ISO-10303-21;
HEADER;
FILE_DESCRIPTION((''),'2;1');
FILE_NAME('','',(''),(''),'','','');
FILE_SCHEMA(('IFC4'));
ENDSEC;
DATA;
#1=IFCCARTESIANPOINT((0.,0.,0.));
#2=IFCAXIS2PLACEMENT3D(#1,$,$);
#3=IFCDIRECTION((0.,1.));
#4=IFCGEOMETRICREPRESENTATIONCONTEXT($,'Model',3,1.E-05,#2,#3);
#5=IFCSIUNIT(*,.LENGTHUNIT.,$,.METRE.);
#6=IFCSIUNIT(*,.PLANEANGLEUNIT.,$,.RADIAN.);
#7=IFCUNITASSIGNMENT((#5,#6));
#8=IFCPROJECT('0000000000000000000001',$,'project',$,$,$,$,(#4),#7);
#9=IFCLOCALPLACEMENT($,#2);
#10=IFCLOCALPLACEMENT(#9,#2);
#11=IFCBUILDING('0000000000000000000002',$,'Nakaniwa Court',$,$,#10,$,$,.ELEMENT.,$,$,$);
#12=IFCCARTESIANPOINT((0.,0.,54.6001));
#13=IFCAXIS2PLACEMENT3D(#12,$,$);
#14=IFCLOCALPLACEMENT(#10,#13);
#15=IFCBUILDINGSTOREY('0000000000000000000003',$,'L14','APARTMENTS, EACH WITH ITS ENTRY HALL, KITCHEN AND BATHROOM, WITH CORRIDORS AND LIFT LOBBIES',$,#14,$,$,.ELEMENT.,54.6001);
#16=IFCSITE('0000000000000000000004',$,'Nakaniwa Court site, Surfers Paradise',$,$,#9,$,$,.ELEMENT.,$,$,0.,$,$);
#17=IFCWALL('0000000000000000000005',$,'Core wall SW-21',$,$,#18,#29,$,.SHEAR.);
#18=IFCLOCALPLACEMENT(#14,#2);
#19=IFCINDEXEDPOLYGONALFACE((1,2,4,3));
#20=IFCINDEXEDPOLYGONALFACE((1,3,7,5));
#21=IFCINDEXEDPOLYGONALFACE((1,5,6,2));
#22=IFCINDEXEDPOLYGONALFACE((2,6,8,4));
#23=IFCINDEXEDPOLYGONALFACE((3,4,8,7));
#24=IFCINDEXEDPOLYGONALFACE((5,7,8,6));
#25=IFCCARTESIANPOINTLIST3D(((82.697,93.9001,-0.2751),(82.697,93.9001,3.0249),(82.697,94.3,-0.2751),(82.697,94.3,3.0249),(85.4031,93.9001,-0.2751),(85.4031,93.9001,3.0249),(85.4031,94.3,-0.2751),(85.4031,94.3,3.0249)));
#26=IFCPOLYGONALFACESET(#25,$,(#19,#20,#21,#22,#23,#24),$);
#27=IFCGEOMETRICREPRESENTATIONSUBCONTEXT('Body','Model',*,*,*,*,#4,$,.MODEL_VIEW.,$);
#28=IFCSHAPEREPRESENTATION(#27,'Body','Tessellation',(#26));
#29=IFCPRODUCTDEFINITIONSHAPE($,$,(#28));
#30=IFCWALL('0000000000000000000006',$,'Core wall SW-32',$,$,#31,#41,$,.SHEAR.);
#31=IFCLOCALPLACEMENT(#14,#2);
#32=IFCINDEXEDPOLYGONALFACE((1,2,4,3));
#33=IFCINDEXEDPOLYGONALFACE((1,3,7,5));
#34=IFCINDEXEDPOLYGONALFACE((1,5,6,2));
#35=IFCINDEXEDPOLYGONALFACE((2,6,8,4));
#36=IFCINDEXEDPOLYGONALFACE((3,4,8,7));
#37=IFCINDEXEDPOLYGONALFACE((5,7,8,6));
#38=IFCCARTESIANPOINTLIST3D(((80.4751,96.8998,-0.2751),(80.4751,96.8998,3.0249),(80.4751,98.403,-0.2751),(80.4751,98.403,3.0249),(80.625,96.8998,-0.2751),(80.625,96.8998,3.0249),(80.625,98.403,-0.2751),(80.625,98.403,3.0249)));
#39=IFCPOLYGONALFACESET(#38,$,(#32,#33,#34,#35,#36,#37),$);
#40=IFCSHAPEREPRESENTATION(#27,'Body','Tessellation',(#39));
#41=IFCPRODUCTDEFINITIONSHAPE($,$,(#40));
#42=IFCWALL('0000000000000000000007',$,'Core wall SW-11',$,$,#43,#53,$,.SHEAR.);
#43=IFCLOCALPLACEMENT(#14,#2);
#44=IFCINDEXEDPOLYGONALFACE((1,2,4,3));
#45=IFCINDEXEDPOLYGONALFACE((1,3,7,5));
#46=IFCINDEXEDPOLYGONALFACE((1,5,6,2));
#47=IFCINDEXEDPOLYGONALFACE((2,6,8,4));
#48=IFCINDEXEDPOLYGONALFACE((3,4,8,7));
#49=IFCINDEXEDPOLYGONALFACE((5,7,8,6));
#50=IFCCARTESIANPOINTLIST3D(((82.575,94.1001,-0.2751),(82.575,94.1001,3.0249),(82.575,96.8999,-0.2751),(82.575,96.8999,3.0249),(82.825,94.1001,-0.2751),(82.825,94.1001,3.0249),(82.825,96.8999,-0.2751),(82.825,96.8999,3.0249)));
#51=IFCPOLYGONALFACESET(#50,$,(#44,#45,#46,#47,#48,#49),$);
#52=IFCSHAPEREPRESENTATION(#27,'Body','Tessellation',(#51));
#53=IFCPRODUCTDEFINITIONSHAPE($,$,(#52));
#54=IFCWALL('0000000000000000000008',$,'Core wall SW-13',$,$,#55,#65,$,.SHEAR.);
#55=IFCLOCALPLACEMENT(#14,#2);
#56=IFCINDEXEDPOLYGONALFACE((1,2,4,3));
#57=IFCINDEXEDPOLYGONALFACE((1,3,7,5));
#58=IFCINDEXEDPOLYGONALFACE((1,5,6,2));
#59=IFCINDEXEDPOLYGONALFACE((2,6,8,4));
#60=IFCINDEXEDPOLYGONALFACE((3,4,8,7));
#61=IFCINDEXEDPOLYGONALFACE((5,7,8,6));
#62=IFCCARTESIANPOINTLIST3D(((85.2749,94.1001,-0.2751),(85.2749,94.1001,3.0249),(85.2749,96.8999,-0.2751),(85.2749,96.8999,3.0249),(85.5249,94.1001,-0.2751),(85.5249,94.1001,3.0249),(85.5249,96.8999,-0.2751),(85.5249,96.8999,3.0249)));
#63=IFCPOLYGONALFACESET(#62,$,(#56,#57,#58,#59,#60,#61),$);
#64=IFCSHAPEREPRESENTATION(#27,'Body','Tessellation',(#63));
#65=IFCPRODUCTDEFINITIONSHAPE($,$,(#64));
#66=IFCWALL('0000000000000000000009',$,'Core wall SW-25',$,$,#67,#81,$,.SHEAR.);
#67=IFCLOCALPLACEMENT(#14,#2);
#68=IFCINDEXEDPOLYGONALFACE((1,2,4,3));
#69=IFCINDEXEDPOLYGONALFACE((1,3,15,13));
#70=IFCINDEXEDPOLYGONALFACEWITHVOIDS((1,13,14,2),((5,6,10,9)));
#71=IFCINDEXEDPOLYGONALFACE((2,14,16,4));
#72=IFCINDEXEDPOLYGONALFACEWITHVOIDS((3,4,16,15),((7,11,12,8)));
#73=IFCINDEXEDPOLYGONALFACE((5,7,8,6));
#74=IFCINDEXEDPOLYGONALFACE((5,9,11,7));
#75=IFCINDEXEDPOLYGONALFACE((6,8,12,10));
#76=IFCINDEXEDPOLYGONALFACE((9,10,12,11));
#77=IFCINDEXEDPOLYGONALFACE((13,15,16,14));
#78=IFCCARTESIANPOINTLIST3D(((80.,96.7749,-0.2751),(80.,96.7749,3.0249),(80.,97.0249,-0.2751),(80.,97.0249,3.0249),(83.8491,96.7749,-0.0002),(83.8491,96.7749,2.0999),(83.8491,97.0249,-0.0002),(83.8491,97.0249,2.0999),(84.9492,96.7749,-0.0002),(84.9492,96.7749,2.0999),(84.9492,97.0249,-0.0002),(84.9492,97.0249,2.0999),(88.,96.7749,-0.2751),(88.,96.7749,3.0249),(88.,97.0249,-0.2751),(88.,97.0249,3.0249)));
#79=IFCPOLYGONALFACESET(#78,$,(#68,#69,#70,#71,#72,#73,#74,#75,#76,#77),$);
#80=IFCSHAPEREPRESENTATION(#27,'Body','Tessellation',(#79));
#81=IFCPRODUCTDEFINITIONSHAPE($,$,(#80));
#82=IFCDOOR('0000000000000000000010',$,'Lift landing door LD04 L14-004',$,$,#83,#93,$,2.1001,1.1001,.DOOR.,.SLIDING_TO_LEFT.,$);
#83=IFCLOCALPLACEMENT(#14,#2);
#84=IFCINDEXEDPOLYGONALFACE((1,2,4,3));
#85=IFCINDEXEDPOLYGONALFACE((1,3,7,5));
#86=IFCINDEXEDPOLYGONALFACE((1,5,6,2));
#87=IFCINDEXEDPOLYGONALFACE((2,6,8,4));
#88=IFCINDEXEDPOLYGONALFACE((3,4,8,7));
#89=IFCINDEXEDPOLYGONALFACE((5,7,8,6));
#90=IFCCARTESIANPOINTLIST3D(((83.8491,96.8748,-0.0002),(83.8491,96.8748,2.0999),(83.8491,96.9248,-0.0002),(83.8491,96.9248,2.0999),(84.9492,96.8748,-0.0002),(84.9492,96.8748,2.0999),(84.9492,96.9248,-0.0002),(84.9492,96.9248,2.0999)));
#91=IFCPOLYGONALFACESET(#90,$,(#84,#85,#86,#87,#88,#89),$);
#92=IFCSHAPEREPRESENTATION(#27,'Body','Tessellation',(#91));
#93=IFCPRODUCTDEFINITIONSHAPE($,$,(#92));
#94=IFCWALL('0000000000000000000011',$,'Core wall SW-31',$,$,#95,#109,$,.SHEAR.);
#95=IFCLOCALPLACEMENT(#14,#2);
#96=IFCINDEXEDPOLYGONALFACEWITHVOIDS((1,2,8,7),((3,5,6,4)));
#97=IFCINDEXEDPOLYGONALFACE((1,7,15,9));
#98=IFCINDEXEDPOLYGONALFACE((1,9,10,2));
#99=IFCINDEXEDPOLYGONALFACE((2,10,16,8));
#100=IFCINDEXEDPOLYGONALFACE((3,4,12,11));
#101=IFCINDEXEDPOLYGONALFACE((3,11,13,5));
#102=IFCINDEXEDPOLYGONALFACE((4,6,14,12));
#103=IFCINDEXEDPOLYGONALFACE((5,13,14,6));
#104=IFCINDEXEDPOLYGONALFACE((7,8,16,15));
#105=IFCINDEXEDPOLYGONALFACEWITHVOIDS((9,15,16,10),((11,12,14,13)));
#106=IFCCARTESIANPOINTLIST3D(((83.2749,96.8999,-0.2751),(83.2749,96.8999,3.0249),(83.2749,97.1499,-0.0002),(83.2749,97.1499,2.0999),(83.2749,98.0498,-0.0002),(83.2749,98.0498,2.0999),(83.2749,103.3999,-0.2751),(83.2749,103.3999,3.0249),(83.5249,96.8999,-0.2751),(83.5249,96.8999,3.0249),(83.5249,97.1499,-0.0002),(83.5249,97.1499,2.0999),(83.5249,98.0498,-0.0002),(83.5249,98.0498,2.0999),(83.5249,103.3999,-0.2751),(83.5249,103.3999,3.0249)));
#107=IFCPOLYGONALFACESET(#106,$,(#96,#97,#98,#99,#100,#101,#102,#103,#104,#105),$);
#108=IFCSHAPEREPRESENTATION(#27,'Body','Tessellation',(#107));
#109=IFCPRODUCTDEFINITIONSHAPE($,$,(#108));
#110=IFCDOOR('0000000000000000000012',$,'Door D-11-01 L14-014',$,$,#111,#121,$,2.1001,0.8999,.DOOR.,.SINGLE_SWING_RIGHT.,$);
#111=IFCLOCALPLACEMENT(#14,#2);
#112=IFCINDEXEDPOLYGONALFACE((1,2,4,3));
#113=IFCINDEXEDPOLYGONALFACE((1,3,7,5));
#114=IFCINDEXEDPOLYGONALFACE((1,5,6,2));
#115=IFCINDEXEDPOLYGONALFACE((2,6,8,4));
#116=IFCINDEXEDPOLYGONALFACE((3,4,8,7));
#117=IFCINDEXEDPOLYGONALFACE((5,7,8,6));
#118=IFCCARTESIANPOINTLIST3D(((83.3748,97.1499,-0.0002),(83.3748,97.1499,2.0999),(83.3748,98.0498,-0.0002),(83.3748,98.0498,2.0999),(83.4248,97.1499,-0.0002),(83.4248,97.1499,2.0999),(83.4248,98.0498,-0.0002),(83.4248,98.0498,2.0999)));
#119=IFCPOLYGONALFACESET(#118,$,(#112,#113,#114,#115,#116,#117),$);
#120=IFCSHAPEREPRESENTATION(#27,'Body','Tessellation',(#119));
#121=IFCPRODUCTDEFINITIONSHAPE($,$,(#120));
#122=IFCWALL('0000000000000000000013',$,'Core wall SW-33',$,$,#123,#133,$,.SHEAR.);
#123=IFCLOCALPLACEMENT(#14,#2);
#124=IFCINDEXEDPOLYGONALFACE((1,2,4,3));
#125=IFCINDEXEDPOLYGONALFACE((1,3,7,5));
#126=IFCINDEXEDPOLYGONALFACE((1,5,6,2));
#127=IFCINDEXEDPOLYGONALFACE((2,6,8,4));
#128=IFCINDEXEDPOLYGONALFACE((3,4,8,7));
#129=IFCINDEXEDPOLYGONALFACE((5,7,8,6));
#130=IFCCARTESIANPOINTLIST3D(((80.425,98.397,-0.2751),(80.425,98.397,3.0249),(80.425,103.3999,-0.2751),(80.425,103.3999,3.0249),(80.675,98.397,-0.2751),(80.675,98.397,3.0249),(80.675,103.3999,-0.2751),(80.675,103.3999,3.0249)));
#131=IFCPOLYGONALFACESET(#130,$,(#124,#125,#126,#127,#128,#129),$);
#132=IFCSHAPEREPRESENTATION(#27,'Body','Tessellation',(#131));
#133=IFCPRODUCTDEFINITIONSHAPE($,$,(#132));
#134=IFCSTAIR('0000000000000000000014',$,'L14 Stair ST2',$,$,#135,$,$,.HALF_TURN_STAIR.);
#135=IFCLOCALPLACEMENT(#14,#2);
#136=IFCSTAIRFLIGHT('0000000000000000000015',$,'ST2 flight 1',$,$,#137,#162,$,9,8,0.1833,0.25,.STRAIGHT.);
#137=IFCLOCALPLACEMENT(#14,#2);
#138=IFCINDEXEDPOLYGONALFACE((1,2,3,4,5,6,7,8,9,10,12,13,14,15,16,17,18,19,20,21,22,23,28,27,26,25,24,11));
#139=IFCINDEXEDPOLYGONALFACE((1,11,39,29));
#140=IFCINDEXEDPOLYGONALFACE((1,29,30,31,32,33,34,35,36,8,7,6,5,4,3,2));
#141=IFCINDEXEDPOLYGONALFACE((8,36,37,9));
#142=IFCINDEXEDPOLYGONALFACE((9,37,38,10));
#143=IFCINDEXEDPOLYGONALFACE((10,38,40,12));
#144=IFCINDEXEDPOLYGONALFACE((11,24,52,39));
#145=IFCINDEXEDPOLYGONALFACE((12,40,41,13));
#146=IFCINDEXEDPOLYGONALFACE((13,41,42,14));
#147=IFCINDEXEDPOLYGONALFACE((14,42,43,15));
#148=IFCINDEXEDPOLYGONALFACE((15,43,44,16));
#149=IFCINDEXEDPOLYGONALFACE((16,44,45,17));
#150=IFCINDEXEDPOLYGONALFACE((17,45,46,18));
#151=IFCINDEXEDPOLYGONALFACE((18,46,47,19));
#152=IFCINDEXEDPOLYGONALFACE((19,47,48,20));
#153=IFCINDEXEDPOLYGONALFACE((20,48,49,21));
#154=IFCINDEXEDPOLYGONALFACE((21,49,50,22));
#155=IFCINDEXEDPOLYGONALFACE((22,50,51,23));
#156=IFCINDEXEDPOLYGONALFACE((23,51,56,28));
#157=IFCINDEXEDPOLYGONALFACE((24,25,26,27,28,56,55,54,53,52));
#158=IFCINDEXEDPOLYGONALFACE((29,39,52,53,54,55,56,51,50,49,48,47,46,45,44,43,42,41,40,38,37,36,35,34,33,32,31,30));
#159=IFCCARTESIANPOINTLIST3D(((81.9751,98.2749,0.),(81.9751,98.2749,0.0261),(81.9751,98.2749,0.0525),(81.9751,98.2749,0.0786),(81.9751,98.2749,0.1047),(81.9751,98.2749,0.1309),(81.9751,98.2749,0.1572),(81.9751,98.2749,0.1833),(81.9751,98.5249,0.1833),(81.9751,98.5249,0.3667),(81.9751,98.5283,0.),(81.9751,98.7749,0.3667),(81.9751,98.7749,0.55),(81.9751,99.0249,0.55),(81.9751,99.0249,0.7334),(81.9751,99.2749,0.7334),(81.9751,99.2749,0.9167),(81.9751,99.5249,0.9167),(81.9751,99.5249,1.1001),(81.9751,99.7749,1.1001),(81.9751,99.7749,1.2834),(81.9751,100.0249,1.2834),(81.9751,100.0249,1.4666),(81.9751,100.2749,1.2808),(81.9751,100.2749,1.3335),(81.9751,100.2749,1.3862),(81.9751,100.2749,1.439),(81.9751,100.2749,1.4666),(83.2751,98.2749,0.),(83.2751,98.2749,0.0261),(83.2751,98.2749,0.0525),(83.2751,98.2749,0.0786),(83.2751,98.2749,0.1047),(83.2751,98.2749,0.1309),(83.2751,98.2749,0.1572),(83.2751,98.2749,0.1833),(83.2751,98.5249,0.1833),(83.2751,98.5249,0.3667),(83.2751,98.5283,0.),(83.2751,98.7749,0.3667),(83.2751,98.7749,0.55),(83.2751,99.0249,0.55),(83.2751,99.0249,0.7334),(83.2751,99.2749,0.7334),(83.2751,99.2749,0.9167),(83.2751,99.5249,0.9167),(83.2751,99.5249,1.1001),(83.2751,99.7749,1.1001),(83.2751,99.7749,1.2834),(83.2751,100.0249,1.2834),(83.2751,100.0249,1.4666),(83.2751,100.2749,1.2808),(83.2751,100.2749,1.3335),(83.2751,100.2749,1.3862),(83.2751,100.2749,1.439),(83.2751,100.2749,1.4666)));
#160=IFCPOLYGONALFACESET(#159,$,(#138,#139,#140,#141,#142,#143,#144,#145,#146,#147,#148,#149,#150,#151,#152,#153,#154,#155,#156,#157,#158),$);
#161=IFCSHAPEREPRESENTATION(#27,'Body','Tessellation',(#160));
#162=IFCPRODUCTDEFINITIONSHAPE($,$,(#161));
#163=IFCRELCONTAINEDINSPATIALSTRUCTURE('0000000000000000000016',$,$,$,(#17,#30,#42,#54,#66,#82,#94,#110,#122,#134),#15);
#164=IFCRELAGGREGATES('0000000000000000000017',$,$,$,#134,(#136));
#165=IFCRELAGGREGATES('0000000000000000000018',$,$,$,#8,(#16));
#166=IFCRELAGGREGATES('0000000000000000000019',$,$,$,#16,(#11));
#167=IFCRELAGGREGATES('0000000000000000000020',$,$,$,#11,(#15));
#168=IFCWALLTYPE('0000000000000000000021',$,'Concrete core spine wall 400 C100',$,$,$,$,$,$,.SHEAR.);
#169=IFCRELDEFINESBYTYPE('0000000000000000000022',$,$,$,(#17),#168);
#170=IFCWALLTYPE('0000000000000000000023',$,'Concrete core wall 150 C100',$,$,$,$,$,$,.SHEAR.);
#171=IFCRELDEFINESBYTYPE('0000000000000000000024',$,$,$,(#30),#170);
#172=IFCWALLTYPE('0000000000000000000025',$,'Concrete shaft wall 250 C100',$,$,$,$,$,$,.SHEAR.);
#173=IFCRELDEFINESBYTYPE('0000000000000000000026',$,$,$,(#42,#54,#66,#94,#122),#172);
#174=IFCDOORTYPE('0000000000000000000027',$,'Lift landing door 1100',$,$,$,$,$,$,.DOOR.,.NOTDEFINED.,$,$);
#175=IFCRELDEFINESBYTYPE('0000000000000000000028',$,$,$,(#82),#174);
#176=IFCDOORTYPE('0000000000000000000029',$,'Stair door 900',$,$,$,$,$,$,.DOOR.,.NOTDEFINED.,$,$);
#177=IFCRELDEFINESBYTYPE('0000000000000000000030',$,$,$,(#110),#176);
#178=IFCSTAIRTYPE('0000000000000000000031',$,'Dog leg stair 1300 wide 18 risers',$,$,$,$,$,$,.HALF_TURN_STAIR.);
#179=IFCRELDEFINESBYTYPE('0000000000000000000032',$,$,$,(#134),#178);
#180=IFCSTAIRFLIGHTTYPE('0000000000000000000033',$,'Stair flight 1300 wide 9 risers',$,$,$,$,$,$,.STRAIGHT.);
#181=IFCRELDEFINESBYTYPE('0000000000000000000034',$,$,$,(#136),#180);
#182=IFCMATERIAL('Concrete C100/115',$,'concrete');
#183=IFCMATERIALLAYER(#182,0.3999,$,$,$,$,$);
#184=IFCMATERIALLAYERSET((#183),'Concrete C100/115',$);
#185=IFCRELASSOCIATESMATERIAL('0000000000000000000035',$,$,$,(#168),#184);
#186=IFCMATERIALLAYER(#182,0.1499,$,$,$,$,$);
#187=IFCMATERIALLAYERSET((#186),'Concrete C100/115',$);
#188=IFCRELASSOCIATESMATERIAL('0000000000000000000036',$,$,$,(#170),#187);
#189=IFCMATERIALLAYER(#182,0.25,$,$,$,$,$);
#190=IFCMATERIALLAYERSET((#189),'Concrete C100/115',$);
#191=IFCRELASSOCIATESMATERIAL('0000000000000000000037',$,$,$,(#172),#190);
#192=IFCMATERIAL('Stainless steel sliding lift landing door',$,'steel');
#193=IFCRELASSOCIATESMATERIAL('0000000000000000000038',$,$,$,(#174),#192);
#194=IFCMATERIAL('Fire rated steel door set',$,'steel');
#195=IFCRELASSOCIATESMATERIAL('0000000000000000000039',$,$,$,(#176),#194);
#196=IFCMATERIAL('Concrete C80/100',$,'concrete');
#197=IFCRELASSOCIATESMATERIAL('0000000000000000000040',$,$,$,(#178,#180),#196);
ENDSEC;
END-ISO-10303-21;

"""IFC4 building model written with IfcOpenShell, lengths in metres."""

from ifc_helpers import new_model, si_unit, direction, frame, frame_2d, origin, place, context, subcontext, project, spatial, polyline, rectangle, outline, extrude, material, layer, layer_set, type_object, element, fill, aggregate, save


model = new_model("IFC4")

# Units and contexts
model_context = context("Model", 3, precision=1e-05, world=origin(), true_north=direction((0.0, 1.0)))
body_context = subcontext(model_context, "Body", "Model", "MODEL_VIEW")
ifc_project = project(units=[si_unit("LENGTHUNIT", "METRE"), si_unit("PLANEANGLEUNIT", "RADIAN")], contexts=[model_context])

# Site, building, storey
site_placement = place(None, origin())
site = spatial("IfcSite", under=ifc_project, at=site_placement, Name="Nakaniwa Court site, Surfers Paradise", CompositionType="ELEMENT", RefElevation=0.0)
building_placement = place(site_placement, origin())
building = spatial("IfcBuilding", under=site, at=building_placement, Name="Nakaniwa Court", CompositionType="ELEMENT")
storey_placement = place(building_placement, frame((0.0, 0.0, 54.6001)))
storey = spatial("IfcBuildingStorey", under=building, at=storey_placement, Name="L14", Description="APARTMENTS, EACH WITH ITS ENTRY HALL, KITCHEN AND BATHROOM, WITH CORRIDORS AND LIFT LOBBIES", CompositionType="ELEMENT", Elevation=54.6001)

# Shared definitions
ifc_material_1 = material(Name="Concrete C80/100", Category="concrete")

# Shared definitions
ifc_material_2 = material(Name="Fire rated steel door set", Category="steel")

# Shared definitions
ifc_material_3 = material(Name="Concrete C100/115", Category="concrete")

# Walls
ifc_layer_1 = layer(ifc_material_3, 0.3999)
ifc_layer_set_1 = layer_set([ifc_layer_1], Name="Concrete C100/115")
wall_type_1 = type_object("IfcWallType", Name="Concrete core spine wall 400 C100", PredefinedType="SHEAR", material=ifc_layer_set_1)
wall_1_placement = place(storey_placement, frame((82.697, 94.1001, -0.2751), z_axis=(0.0, 0.0, 1.0), x_axis=(1.0, 0.0, 0.0)))
element("IfcWall", 1, at=wall_1_placement, inside=storey, type_object=wall_type_1, Name="Core wall SW-21", PredefinedType="SHEAR", context=body_context, shape_type="SweptSolid", body=[
    extrude(rectangle(XDim=2.7061, YDim=0.3999, at=frame_2d((1.353, 0.0))), origin(), (0.0, 0.0, 1.0), 3.3),
])
ifc_layer_2 = layer(ifc_material_3, 0.1499)
ifc_layer_set_2 = layer_set([ifc_layer_2], Name="Concrete C100/115")
wall_type_2 = type_object("IfcWallType", Name="Concrete core wall 150 C100", PredefinedType="SHEAR", material=ifc_layer_set_2)
wall_2_placement = place(storey_placement, frame((80.55, 96.8999, -0.2751), z_axis=(0.0, 0.0, 1.0), x_axis=(0.0, 1.0, 0.0)))
element("IfcWall", 2, at=wall_2_placement, inside=storey, type_object=wall_type_2, Name="Core wall SW-32", PredefinedType="SHEAR", context=body_context, shape_type="SweptSolid", body=[
    extrude(rectangle(XDim=1.5032, YDim=0.1499, at=frame_2d((0.7515, 0.0))), origin(), (0.0, 0.0, 1.0), 3.3),
])
ifc_layer_3 = layer(ifc_material_3, 0.25)
ifc_layer_set_3 = layer_set([ifc_layer_3], Name="Concrete C100/115")
wall_type_3 = type_object("IfcWallType", Name="Concrete shaft wall 250 C100", PredefinedType="SHEAR", material=ifc_layer_set_3)
for number, where, z_axis, x_axis, name in (
    (3, (82.7, 94.1001, -0.2751), (0.0, 0.0, 1.0), (0.0, 1.0, 0.0), "Core wall SW-11"),
    (4, (85.3999, 94.1001, -0.2751), (0.0, 0.0, 1.0), (0.0, 1.0, 0.0), "Core wall SW-13"),
):
    element("IfcWall", number, at=place(storey_placement, frame(where, z_axis=z_axis, x_axis=x_axis)), inside=storey, type_object=wall_type_3, Name=name, PredefinedType="SHEAR", context=body_context, shape_type="SweptSolid", body=[
        extrude(rectangle(XDim=2.7998, YDim=0.25, at=frame_2d((1.3999, 0.0))), origin(), (0.0, 0.0, 1.0), 3.3),
    ])

# Walls, openings, doors
wall_3_placement = place(storey_placement, frame((80.0, 96.8999, -0.2751), z_axis=(0.0, 0.0, 1.0), x_axis=(1.0, 0.0, 0.0)))
wall_3 = element("IfcWall", 5, at=wall_3_placement, inside=storey, type_object=wall_type_3, Name="Core wall SW-25", PredefinedType="SHEAR", context=body_context, shape_type="SweptSolid", body=[
    extrude(rectangle(XDim=8.0, YDim=0.25, at=frame_2d((4.0, 0.0))), origin(), (0.0, 0.0, 1.0), 3.3),
])
opening_1_placement = place(wall_3_placement, frame((3.8491, 0.0, 0.2749)))
opening_1 = element("IfcOpeningElement", 6, at=opening_1_placement, cuts=wall_3, PredefinedType="OPENING", context=body_context, shape_type="SweptSolid", body=[
    extrude(rectangle(XDim=1.1001, YDim=2.1001, at=frame_2d((0.55, 1.05))), frame((0.0, 0.135, 0.0), z_axis=(0.0, -1.0, 0.0), x_axis=(1.0, 0.0, 0.0)), (0.0, 0.0, 1.0), 0.27),
])
ifc_material_4 = material(Name="Stainless steel sliding lift landing door", Category="steel")
door_type_1 = type_object("IfcDoorType", Name="Lift landing door 1100", OperationType="NOTDEFINED", PredefinedType="DOOR", material=ifc_material_4)
door_1_placement = place(opening_1_placement, origin())
door_1 = element("IfcDoor", 7, at=door_1_placement, inside=storey, type_object=door_type_1, Name="Lift landing door LD04 L14-004", OperationType="SLIDING_TO_LEFT", OverallHeight=2.1001, OverallWidth=1.1001, PredefinedType="DOOR", context=body_context, shape_type="SweptSolid", body=[
    extrude(rectangle(XDim=1.1001, YDim=2.1001, at=frame_2d((0.55, 1.05))), frame((0.0, 0.0249, 0.0), z_axis=(0.0, -1.0, 0.0), x_axis=(1.0, 0.0, 0.0)), (0.0, 0.0, 1.0), 0.05),
])
fill(opening_1, door_1)
wall_4_placement = place(storey_placement, frame((83.3999, 103.3999, -0.2751), z_axis=(0.0, 0.0, 1.0), x_axis=(0.0, -1.0, 0.0)))
wall_4 = element("IfcWall", 8, at=wall_4_placement, inside=storey, type_object=wall_type_3, Name="Core wall SW-31", PredefinedType="SHEAR", context=body_context, shape_type="SweptSolid", body=[
    extrude(rectangle(XDim=6.5, YDim=0.25, at=frame_2d((3.25, 0.0))), origin(), (0.0, 0.0, 1.0), 3.3),
])
opening_2_placement = place(wall_4_placement, frame((5.3501, 0.0, 0.2749)))
opening_2 = element("IfcOpeningElement", 9, at=opening_2_placement, cuts=wall_4, PredefinedType="OPENING", context=body_context, shape_type="SweptSolid", body=[
    extrude(rectangle(XDim=0.8999, YDim=2.1001, at=frame_2d((0.45, 1.05))), frame((0.0, 0.135, 0.0), z_axis=(0.0, -1.0, 0.0), x_axis=(1.0, 0.0, 0.0)), (0.0, 0.0, 1.0), 0.27),
])
door_type_2 = type_object("IfcDoorType", Name="Stair door 900", OperationType="NOTDEFINED", PredefinedType="DOOR", material=ifc_material_2)
door_2_placement = place(opening_2_placement, origin())
door_2 = element("IfcDoor", 10, at=door_2_placement, inside=storey, type_object=door_type_2, Name="Door D-11-01 L14-014", OperationType="SINGLE_SWING_RIGHT", OverallHeight=2.1001, OverallWidth=0.8999, PredefinedType="DOOR", context=body_context, shape_type="SweptSolid", body=[
    extrude(rectangle(XDim=0.8999, YDim=2.1001, at=frame_2d((0.45, 1.05))), frame((0.0, 0.0249, 0.0), z_axis=(0.0, -1.0, 0.0), x_axis=(1.0, 0.0, 0.0)), (0.0, 0.0, 1.0), 0.05),
])
fill(opening_2, door_2)

# Wall
wall_5_placement = place(storey_placement, frame((80.55, 98.397, -0.2751), z_axis=(0.0, 0.0, 1.0), x_axis=(0.0, 1.0, 0.0)))
element("IfcWall", 11, at=wall_5_placement, inside=storey, type_object=wall_type_3, Name="Core wall SW-33", PredefinedType="SHEAR", context=body_context, shape_type="SweptSolid", body=[
    extrude(rectangle(XDim=5.0029, YDim=0.25, at=frame_2d((2.5015, 0.0))), origin(), (0.0, 0.0, 1.0), 3.3),
])

# Stair, stair flight
stair_type = type_object("IfcStairType", Name="Dog leg stair 1300 wide 18 risers", PredefinedType="HALF_TURN_STAIR", material=ifc_material_1)
stair_placement = place(storey_placement, origin())
stair = element("IfcStair", 12, at=stair_placement, inside=storey, type_object=stair_type, Name="L14 Stair ST2", PredefinedType="HALF_TURN_STAIR")
stair_flight_type = type_object("IfcStairFlightType", Name="Stair flight 1300 wide 9 risers", PredefinedType="STRAIGHT", material=ifc_material_1)
stair_flight_1_placement = place(storey_placement, frame((82.625, 98.2749, 0.0), z_axis=(0.0, 0.0, 1.0), x_axis=(0.0, 1.0, 0.0)))
stair_flight_1 = element("IfcStairFlight", 13, at=stair_flight_1_placement, type_object=stair_flight_type, Name="ST2 flight 1", NumberOfRisers=9, NumberOfTreads=8, PredefinedType="STRAIGHT", RiserHeight=0.1833, TreadLength=0.25, context=body_context, shape_type="SweptSolid", body=[
    extrude(outline(polyline([(0.0, 0.0), (0.0, 0.0261), (0.0, 0.0525), (0.0, 0.0786), (0.0, 0.1047), (0.0, 0.1309), (0.0, 0.1572), (0.0, 0.1833), (0.25, 0.1833), (0.25, 0.3667), (0.5, 0.3667), (0.5, 0.55), (0.75, 0.55), (0.75, 0.7334), (1.0, 0.7334), (1.0, 0.9167), (1.25, 0.9167), (1.25, 1.1001), (1.5, 1.1001), (1.5, 1.2834), (1.75, 1.2834), (1.75, 1.4666), (2.0, 1.4666), (2.0, 1.6499), (2.0, 1.5972), (2.0, 1.5444), (2.0, 1.4917), (2.0, 1.439), (2.0, 1.3862), (2.0, 1.3335), (2.0, 1.2808), (0.2534, 0.0), (0.0, 0.0)])), frame((0.0, 0.6499, 0.0), z_axis=(0.0, -1.0, 0.0), x_axis=(1.0, 0.0, 0.0)), (0.0, 0.0, 1.0), 1.3),
])
aggregate(stair, [stair_flight_1])

save(model, "model.ifc")
